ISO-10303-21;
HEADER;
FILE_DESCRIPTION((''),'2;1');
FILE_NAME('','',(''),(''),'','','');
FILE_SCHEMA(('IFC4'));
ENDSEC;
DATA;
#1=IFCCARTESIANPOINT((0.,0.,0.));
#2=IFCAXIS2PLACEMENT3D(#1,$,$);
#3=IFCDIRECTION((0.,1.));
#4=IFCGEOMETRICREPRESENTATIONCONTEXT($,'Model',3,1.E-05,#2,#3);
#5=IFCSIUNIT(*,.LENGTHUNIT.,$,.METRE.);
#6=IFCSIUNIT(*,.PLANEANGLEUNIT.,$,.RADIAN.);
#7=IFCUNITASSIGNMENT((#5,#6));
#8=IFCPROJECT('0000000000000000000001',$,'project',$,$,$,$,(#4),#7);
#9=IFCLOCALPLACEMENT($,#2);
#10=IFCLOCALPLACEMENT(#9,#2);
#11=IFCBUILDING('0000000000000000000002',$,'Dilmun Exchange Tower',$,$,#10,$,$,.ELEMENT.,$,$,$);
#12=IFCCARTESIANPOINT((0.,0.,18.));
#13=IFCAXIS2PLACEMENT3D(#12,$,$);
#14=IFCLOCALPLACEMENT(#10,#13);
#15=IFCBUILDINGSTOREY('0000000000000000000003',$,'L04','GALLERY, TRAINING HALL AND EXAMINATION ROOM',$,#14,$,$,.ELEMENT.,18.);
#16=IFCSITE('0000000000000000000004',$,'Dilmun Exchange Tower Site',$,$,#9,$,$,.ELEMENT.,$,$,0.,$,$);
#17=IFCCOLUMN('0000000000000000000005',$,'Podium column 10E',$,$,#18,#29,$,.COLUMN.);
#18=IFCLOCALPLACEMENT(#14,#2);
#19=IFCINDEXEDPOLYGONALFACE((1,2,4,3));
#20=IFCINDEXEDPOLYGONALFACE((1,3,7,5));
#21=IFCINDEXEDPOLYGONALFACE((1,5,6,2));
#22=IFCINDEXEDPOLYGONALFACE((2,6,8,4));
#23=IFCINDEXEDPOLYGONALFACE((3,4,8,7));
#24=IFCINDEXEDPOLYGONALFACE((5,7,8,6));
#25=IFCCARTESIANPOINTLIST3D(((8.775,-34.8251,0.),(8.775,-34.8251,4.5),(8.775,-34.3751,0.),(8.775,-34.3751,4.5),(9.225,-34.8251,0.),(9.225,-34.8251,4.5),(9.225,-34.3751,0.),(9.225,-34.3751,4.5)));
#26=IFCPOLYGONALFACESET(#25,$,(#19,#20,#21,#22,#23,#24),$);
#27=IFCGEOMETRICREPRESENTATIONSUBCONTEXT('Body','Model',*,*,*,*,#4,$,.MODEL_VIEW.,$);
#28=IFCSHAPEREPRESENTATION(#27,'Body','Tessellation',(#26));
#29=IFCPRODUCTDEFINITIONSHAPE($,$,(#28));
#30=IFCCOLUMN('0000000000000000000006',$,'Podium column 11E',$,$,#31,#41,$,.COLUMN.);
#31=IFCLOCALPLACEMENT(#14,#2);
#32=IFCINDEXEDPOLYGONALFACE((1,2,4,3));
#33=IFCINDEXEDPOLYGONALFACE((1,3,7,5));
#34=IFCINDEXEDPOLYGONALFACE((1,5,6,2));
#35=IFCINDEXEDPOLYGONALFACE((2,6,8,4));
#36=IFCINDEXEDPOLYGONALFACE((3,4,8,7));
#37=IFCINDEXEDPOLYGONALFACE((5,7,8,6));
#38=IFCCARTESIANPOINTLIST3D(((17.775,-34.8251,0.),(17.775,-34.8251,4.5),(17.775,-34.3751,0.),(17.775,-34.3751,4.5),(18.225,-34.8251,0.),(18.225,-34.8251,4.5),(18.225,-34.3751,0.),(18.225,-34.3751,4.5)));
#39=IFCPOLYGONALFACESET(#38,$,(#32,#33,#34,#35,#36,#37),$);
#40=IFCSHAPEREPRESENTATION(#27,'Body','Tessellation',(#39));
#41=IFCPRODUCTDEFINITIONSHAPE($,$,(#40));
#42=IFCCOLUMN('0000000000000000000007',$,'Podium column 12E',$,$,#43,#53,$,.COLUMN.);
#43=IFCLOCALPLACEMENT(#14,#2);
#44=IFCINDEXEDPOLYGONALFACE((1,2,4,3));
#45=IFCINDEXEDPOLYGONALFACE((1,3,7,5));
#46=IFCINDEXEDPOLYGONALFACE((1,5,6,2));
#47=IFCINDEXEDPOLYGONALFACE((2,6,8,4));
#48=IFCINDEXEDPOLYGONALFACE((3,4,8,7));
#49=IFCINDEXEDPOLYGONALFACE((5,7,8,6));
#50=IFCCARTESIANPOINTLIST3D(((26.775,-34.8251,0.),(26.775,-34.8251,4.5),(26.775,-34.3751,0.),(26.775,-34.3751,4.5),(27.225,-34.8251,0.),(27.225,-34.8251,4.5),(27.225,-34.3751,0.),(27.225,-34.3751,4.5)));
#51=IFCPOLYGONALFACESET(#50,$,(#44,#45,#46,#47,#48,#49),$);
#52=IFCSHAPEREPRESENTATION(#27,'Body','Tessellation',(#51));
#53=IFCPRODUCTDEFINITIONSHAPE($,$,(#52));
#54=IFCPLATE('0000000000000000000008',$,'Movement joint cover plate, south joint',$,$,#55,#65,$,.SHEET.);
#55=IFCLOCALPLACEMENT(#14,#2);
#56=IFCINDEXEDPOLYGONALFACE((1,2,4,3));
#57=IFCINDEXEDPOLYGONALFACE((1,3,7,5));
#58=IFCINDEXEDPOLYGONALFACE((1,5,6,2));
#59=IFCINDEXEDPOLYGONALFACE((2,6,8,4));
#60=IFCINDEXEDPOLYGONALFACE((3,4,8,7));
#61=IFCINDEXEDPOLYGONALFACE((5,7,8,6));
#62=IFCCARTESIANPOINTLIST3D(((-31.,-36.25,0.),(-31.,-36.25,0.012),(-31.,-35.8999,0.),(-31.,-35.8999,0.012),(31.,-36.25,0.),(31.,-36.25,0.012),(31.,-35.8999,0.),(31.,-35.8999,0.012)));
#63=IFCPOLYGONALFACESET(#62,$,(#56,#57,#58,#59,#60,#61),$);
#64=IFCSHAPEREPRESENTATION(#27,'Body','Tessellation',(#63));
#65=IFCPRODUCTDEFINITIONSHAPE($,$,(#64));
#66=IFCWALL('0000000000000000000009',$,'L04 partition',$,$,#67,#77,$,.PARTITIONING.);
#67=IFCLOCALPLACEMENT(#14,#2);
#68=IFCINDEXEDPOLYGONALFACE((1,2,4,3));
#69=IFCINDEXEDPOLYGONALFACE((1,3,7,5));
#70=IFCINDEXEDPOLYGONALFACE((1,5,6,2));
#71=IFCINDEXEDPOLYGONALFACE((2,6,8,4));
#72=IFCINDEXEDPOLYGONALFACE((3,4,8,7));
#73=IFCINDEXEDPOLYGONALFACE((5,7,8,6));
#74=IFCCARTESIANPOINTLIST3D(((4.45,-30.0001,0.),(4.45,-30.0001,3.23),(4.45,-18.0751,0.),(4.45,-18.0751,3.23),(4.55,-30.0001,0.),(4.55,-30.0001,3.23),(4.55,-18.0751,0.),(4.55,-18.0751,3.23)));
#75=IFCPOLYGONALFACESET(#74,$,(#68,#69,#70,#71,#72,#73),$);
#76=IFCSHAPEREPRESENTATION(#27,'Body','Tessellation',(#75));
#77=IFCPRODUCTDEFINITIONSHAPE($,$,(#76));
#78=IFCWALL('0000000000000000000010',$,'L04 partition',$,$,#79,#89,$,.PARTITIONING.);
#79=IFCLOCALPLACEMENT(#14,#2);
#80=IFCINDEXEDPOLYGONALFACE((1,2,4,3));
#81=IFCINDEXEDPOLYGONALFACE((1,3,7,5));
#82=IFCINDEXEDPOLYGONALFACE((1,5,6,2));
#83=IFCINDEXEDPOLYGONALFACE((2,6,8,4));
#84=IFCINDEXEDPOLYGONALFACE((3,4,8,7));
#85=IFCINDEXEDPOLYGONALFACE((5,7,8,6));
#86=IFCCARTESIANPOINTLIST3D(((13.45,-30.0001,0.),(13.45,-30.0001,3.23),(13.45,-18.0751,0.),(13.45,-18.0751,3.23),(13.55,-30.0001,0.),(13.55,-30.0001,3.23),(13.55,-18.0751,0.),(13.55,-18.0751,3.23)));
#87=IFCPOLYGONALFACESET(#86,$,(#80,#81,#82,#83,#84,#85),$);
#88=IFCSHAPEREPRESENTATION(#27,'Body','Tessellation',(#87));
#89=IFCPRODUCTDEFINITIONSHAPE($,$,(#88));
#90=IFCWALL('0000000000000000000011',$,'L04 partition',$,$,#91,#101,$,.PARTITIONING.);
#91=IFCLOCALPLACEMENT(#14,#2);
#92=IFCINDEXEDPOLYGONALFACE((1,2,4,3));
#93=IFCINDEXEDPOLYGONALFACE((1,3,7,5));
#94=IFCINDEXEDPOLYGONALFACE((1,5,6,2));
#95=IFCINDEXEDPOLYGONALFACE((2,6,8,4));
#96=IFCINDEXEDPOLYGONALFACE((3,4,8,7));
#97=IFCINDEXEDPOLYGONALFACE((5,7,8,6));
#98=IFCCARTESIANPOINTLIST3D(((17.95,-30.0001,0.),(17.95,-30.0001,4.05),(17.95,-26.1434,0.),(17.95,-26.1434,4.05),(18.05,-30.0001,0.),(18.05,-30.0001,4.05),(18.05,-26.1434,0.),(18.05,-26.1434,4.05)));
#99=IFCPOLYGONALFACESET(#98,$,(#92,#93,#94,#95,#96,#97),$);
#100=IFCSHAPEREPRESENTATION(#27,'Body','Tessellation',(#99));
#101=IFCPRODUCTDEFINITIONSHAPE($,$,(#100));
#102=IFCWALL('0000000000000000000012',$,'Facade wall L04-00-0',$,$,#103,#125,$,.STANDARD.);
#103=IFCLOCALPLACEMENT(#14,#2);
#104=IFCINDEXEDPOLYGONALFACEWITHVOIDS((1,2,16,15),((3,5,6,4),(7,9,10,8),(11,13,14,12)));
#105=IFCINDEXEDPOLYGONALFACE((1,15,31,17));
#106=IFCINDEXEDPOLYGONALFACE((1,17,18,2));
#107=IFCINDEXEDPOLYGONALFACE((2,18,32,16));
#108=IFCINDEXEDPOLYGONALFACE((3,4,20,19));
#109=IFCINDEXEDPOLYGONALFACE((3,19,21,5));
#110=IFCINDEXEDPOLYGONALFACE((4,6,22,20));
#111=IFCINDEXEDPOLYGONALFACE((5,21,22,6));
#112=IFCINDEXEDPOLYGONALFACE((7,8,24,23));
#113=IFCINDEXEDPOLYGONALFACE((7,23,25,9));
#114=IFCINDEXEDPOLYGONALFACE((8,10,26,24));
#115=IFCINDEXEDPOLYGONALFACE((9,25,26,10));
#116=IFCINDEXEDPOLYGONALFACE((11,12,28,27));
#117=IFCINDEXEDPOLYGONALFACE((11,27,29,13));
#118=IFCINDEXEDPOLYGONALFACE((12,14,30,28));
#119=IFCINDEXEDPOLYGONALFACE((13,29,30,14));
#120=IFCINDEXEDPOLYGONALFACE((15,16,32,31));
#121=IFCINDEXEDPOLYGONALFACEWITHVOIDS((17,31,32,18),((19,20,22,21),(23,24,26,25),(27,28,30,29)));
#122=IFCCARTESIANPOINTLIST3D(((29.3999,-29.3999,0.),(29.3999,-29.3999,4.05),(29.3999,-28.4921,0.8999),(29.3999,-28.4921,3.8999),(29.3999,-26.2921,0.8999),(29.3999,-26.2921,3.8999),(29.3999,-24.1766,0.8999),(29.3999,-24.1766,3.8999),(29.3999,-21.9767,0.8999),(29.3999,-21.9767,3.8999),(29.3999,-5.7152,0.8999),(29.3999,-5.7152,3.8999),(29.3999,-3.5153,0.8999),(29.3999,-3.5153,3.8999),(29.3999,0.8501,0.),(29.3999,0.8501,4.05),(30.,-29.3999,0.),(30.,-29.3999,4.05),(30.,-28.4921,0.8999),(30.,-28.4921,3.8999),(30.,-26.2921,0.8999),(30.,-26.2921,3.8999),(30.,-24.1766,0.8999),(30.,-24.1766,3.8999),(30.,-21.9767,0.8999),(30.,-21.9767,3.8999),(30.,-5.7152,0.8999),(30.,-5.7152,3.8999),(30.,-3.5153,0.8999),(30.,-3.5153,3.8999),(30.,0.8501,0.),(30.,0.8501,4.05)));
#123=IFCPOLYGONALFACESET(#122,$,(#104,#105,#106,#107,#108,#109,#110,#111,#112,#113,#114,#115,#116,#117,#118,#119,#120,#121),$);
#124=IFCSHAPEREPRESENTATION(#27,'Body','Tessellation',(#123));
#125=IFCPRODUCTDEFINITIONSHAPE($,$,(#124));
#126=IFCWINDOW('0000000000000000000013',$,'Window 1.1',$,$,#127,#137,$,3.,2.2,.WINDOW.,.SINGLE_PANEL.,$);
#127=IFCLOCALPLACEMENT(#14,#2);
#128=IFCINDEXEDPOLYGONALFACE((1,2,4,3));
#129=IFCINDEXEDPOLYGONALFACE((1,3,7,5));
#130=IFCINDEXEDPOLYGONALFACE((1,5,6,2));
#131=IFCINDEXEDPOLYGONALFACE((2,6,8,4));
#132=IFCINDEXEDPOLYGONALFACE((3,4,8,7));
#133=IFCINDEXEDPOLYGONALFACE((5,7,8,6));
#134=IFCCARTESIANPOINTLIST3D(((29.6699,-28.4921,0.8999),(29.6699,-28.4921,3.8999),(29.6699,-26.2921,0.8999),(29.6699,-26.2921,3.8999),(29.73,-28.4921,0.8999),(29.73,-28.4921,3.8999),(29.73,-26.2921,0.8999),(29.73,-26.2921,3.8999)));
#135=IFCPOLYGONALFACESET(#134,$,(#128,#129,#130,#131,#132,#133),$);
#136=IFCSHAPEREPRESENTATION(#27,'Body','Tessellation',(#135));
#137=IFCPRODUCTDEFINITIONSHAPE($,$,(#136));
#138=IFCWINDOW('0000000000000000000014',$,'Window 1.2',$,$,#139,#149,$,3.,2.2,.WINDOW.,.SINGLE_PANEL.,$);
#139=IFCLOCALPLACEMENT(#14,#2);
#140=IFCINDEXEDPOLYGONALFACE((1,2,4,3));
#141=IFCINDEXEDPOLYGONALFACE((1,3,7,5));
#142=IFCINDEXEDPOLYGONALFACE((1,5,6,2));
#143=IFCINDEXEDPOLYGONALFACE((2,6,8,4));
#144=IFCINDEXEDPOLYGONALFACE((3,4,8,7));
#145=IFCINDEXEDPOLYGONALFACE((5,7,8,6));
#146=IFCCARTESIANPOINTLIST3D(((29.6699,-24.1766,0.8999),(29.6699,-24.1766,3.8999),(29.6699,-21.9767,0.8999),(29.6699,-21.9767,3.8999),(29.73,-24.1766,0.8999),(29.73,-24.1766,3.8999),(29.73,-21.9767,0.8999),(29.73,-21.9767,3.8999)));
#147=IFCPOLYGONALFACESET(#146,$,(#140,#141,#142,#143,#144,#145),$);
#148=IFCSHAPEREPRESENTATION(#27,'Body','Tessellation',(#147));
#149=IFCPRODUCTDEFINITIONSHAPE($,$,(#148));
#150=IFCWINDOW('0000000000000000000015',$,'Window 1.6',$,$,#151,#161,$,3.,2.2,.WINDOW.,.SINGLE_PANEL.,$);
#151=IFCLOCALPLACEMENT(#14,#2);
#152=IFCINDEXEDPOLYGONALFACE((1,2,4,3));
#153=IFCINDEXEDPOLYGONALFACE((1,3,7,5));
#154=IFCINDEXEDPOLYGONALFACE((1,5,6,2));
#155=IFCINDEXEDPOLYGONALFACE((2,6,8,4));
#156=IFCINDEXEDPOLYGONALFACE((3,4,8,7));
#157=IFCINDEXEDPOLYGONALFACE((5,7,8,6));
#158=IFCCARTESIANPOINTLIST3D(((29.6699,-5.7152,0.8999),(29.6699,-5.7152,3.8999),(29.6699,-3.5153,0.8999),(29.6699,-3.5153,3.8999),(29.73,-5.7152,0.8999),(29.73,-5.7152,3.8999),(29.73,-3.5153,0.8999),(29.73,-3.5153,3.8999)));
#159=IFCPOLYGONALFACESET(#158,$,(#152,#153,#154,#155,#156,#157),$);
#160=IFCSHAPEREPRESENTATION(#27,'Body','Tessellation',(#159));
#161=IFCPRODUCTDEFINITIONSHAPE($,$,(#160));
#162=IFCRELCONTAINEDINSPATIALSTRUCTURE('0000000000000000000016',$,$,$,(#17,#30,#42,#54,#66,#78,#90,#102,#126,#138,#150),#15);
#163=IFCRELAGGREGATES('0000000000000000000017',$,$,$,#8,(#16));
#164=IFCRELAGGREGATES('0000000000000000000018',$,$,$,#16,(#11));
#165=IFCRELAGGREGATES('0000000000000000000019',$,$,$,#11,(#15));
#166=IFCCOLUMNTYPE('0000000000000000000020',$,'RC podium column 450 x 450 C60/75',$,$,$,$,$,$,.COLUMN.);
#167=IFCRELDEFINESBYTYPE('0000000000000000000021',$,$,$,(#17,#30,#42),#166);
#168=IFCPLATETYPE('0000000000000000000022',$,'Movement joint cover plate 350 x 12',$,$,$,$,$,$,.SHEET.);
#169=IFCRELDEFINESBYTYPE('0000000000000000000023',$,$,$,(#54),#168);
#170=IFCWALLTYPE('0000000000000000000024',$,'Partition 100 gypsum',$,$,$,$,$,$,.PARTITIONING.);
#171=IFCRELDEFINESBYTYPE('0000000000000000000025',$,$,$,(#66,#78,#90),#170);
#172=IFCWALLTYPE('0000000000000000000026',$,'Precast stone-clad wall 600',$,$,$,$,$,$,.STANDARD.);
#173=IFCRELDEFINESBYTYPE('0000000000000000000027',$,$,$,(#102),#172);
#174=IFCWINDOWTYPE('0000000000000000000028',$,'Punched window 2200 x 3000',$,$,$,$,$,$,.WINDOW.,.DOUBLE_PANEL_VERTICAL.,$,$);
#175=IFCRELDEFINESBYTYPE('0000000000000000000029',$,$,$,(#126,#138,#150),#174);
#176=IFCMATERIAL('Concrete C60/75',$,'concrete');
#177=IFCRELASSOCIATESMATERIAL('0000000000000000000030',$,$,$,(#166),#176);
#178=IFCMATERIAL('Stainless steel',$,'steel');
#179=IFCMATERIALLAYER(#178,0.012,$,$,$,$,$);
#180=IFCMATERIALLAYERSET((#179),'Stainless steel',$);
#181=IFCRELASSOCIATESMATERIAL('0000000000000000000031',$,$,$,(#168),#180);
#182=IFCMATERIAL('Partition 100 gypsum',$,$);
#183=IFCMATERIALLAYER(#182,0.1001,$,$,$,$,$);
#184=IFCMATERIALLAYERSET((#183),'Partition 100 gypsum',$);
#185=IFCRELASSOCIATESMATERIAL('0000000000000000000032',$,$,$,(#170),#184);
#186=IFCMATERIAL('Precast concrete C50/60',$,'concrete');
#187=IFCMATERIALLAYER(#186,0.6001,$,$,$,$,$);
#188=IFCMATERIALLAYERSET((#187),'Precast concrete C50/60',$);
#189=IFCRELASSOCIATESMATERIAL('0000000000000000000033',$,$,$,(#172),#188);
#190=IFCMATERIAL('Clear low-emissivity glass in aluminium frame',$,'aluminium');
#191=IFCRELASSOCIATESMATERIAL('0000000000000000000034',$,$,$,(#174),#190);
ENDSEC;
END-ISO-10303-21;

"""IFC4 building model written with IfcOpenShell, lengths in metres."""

from ifc_helpers import new_model, si_unit, direction, frame, frame_2d, origin, origin_2d, place, context, subcontext, project, spatial, rectangle, extrude, material, layer, layer_set, material_profile, profile_set, type_object, element, fill, save


model = new_model("IFC4")

# Units and contexts
model_context = context("Model", 3, precision=1e-05, world=origin(), true_north=direction((0.0, 1.0)))
body_context = subcontext(model_context, "Body", "Model", "MODEL_VIEW")
ifc_project = project(units=[si_unit("LENGTHUNIT", "METRE"), si_unit("PLANEANGLEUNIT", "RADIAN")], contexts=[model_context])

# Site, building, storey
site_placement = place(None, origin())
site = spatial("IfcSite", under=ifc_project, at=site_placement, Name="Dilmun Exchange Tower Site", CompositionType="ELEMENT", RefElevation=0.0)
building_placement = place(site_placement, origin())
building = spatial("IfcBuilding", under=site, at=building_placement, Name="Dilmun Exchange Tower", CompositionType="ELEMENT")
storey_placement = place(building_placement, frame((0.0, 0.0, 18.0)))
storey = spatial("IfcBuildingStorey", under=building, at=storey_placement, Name="L04", Description="GALLERY, TRAINING HALL AND EXAMINATION ROOM", CompositionType="ELEMENT", Elevation=18.0)

# Columns
ifc_material_1 = material(Name="Concrete C60/75", Category="concrete")
ifc_material_profile = material_profile(ifc_material_1, rectangle(XDim=0.45, YDim=0.45, at=origin_2d()), Name="450 x 450")
ifc_profile_set = profile_set([ifc_material_profile], Name="Concrete C60/75")
column_type = type_object("IfcColumnType", Name="RC podium column 450 x 450 C60/75", PredefinedType="COLUMN", material=ifc_profile_set)
for number, where, z_axis, x_axis, name in (
    (1, (9.0, -34.6001, 0.0), (0.0, 0.0, 1.0), (1.0, 0.0, 0.0), "Podium column 10E"),
    (2, (18.0, -34.6001, 0.0), (0.0, 0.0, 1.0), (1.0, 0.0, 0.0), "Podium column 11E"),
    (3, (27.0, -34.6001, 0.0), (0.0, 0.0, 1.0), (1.0, 0.0, 0.0), "Podium column 12E"),
):
    element("IfcColumn", number, at=place(storey_placement, frame(where, z_axis=z_axis, x_axis=x_axis)), inside=storey, type_object=column_type, Name=name, PredefinedType="COLUMN", context=body_context, shape_type="SweptSolid", body=[
        extrude(rectangle(XDim=0.45, YDim=0.45, at=origin_2d()), origin(), (0.0, 0.0, 1.0), 4.5),
    ])

# Plate
ifc_material_2 = material(Name="Stainless steel", Category="steel")
ifc_layer_1 = layer(ifc_material_2, 0.012)
ifc_layer_set_1 = layer_set([ifc_layer_1], Name="Stainless steel")
plate_type = type_object("IfcPlateType", Name="Movement joint cover plate 350 x 12", PredefinedType="SHEET", material=ifc_layer_set_1)
plate_placement = place(storey_placement, frame((0.0, -36.075, 0.0), z_axis=(0.0, 0.0, 1.0), x_axis=(1.0, 0.0, 0.0)))
element("IfcPlate", 4, at=plate_placement, inside=storey, type_object=plate_type, Name="Movement joint cover plate, south joint", PredefinedType="SHEET", context=body_context, shape_type="SweptSolid", body=[
    extrude(rectangle(XDim=62.0, YDim=0.3501, at=origin_2d()), origin(), (0.0, 0.0, 1.0), 0.012),
])

# Walls
ifc_material_3 = material(Name="Partition 100 gypsum")
ifc_layer_2 = layer(ifc_material_3, 0.1001)
ifc_layer_set_2 = layer_set([ifc_layer_2], Name="Partition 100 gypsum")
wall_type_1 = type_object("IfcWallType", Name="Partition 100 gypsum", PredefinedType="PARTITIONING", material=ifc_layer_set_2)
for number, where, z_axis, x_axis, name in (
    (5, (4.5, -30.0, 0.0), (0.0, 0.0, 1.0), (0.0, 1.0, 0.0), "L04 partition"),
    (6, (13.5, -30.0, 0.0), (0.0, 0.0, 1.0), (0.0, 1.0, 0.0), "L04 partition"),
):
    element("IfcWall", number, at=place(storey_placement, frame(where, z_axis=z_axis, x_axis=x_axis)), inside=storey, type_object=wall_type_1, Name=name, PredefinedType="PARTITIONING", context=body_context, shape_type="SweptSolid", body=[
        extrude(rectangle(XDim=11.925, YDim=0.1001, at=frame_2d((5.9624, 0.0))), origin(), (0.0, 0.0, 1.0), 3.23),
    ])
wall_1_placement = place(storey_placement, frame((18.0, -30.0, 0.0), z_axis=(0.0, 0.0, 1.0), x_axis=(0.0, 1.0, 0.0)))
element("IfcWall", 7, at=wall_1_placement, inside=storey, type_object=wall_type_1, Name="L04 partition", PredefinedType="PARTITIONING", context=body_context, shape_type="SweptSolid", body=[
    extrude(rectangle(XDim=3.8567, YDim=0.1001, at=frame_2d((1.9282, 0.0))), origin(), (0.0, 0.0, 1.0), 4.05),
])

# Wall, openings, windows
ifc_material_4 = material(Name="Precast concrete C50/60", Category="concrete")
ifc_layer_3 = layer(ifc_material_4, 0.6001)
ifc_layer_set_3 = layer_set([ifc_layer_3], Name="Precast concrete C50/60")
wall_type_2 = type_object("IfcWallType", Name="Precast stone-clad wall 600", PredefinedType="STANDARD", material=ifc_layer_set_3)
wall_2_placement = place(storey_placement, frame((29.7, -29.3999, 0.0), z_axis=(0.0, 0.0, 1.0), x_axis=(0.0, 1.0, 0.0)))
wall_2 = element("IfcWall", 8, at=wall_2_placement, inside=storey, type_object=wall_type_2, Name="Facade wall L04-00-0", PredefinedType="STANDARD", context=body_context, shape_type="SweptSolid", body=[
    extrude(rectangle(XDim=30.25, YDim=0.6001, at=frame_2d((15.125, 0.0))), origin(), (0.0, 0.0, 1.0), 4.05),
])
opening_1_placement = place(wall_2_placement, frame((0.9077, 0.0, 0.8999)))
opening_1 = element("IfcOpeningElement", 9, at=opening_1_placement, cuts=wall_2, PredefinedType="OPENING", context=body_context, shape_type="SweptSolid", body=[
    extrude(rectangle(XDim=2.2, YDim=3.0, at=frame_2d((1.1001, 1.5))), frame((0.0, 0.3101, 0.0), z_axis=(0.0, -1.0, 0.0), x_axis=(1.0, 0.0, 0.0)), (0.0, 0.0, 1.0), 0.6201),
])
opening_2_placement = place(wall_2_placement, frame((5.2231, 0.0, 0.8999)))
opening_2 = element("IfcOpeningElement", 10, at=opening_2_placement, cuts=wall_2, PredefinedType="OPENING", context=body_context, shape_type="SweptSolid", body=[
    extrude(rectangle(XDim=2.2, YDim=3.0, at=frame_2d((1.1001, 1.5))), frame((0.0, 0.3101, 0.0), z_axis=(0.0, -1.0, 0.0), x_axis=(1.0, 0.0, 0.0)), (0.0, 0.0, 1.0), 0.6201),
])
opening_3_placement = place(wall_2_placement, frame((23.6846, 0.0, 0.8999)))
opening_3 = element("IfcOpeningElement", 11, at=opening_3_placement, cuts=wall_2, PredefinedType="OPENING", context=body_context, shape_type="SweptSolid", body=[
    extrude(rectangle(XDim=2.2, YDim=3.0, at=frame_2d((1.1001, 1.5))), frame((0.0, 0.3101, 0.0), z_axis=(0.0, -1.0, 0.0), x_axis=(1.0, 0.0, 0.0)), (0.0, 0.0, 1.0), 0.6201),
])
ifc_material_5 = material(Name="Clear low-emissivity glass in aluminium frame", Category="aluminium")
window_type = type_object("IfcWindowType", Name="Punched window 2200 x 3000", PartitioningType="DOUBLE_PANEL_VERTICAL", PredefinedType="WINDOW", material=ifc_material_5)
window_1_placement = place(opening_1_placement, origin())
window_1 = element("IfcWindow", 12, at=window_1_placement, inside=storey, type_object=window_type, Name="Window 1.1", OverallHeight=3.0, OverallWidth=2.2, PartitioningType="SINGLE_PANEL", PredefinedType="WINDOW", context=body_context, shape_type="SweptSolid", body=[
    extrude(rectangle(XDim=2.2, YDim=3.0, at=frame_2d((1.1001, 1.5))), frame((0.0, 0.03, 0.0), z_axis=(0.0, -1.0, 0.0), x_axis=(1.0, 0.0, 0.0)), (0.0, 0.0, 1.0), 0.0601),
])
fill(opening_1, window_1)
window_2_placement = place(opening_2_placement, origin())
window_2 = element("IfcWindow", 13, at=window_2_placement, inside=storey, type_object=window_type, Name="Window 1.2", OverallHeight=3.0, OverallWidth=2.2, PartitioningType="SINGLE_PANEL", PredefinedType="WINDOW", context=body_context, shape_type="SweptSolid", body=[
    extrude(rectangle(XDim=2.2, YDim=3.0, at=frame_2d((1.1001, 1.5))), frame((0.0, 0.03, 0.0), z_axis=(0.0, -1.0, 0.0), x_axis=(1.0, 0.0, 0.0)), (0.0, 0.0, 1.0), 0.0601),
])
fill(opening_2, window_2)
window_3_placement = place(opening_3_placement, origin())
window_3 = element("IfcWindow", 14, at=window_3_placement, inside=storey, type_object=window_type, Name="Window 1.6", OverallHeight=3.0, OverallWidth=2.2, PartitioningType="SINGLE_PANEL", PredefinedType="WINDOW", context=body_context, shape_type="SweptSolid", body=[
    extrude(rectangle(XDim=2.2, YDim=3.0, at=frame_2d((1.1001, 1.5))), frame((0.0, 0.03, 0.0), z_axis=(0.0, -1.0, 0.0), x_axis=(1.0, 0.0, 0.0)), (0.0, 0.0, 1.0), 0.0601),
])
fill(opening_3, window_3)

save(model, "model.ifc")
